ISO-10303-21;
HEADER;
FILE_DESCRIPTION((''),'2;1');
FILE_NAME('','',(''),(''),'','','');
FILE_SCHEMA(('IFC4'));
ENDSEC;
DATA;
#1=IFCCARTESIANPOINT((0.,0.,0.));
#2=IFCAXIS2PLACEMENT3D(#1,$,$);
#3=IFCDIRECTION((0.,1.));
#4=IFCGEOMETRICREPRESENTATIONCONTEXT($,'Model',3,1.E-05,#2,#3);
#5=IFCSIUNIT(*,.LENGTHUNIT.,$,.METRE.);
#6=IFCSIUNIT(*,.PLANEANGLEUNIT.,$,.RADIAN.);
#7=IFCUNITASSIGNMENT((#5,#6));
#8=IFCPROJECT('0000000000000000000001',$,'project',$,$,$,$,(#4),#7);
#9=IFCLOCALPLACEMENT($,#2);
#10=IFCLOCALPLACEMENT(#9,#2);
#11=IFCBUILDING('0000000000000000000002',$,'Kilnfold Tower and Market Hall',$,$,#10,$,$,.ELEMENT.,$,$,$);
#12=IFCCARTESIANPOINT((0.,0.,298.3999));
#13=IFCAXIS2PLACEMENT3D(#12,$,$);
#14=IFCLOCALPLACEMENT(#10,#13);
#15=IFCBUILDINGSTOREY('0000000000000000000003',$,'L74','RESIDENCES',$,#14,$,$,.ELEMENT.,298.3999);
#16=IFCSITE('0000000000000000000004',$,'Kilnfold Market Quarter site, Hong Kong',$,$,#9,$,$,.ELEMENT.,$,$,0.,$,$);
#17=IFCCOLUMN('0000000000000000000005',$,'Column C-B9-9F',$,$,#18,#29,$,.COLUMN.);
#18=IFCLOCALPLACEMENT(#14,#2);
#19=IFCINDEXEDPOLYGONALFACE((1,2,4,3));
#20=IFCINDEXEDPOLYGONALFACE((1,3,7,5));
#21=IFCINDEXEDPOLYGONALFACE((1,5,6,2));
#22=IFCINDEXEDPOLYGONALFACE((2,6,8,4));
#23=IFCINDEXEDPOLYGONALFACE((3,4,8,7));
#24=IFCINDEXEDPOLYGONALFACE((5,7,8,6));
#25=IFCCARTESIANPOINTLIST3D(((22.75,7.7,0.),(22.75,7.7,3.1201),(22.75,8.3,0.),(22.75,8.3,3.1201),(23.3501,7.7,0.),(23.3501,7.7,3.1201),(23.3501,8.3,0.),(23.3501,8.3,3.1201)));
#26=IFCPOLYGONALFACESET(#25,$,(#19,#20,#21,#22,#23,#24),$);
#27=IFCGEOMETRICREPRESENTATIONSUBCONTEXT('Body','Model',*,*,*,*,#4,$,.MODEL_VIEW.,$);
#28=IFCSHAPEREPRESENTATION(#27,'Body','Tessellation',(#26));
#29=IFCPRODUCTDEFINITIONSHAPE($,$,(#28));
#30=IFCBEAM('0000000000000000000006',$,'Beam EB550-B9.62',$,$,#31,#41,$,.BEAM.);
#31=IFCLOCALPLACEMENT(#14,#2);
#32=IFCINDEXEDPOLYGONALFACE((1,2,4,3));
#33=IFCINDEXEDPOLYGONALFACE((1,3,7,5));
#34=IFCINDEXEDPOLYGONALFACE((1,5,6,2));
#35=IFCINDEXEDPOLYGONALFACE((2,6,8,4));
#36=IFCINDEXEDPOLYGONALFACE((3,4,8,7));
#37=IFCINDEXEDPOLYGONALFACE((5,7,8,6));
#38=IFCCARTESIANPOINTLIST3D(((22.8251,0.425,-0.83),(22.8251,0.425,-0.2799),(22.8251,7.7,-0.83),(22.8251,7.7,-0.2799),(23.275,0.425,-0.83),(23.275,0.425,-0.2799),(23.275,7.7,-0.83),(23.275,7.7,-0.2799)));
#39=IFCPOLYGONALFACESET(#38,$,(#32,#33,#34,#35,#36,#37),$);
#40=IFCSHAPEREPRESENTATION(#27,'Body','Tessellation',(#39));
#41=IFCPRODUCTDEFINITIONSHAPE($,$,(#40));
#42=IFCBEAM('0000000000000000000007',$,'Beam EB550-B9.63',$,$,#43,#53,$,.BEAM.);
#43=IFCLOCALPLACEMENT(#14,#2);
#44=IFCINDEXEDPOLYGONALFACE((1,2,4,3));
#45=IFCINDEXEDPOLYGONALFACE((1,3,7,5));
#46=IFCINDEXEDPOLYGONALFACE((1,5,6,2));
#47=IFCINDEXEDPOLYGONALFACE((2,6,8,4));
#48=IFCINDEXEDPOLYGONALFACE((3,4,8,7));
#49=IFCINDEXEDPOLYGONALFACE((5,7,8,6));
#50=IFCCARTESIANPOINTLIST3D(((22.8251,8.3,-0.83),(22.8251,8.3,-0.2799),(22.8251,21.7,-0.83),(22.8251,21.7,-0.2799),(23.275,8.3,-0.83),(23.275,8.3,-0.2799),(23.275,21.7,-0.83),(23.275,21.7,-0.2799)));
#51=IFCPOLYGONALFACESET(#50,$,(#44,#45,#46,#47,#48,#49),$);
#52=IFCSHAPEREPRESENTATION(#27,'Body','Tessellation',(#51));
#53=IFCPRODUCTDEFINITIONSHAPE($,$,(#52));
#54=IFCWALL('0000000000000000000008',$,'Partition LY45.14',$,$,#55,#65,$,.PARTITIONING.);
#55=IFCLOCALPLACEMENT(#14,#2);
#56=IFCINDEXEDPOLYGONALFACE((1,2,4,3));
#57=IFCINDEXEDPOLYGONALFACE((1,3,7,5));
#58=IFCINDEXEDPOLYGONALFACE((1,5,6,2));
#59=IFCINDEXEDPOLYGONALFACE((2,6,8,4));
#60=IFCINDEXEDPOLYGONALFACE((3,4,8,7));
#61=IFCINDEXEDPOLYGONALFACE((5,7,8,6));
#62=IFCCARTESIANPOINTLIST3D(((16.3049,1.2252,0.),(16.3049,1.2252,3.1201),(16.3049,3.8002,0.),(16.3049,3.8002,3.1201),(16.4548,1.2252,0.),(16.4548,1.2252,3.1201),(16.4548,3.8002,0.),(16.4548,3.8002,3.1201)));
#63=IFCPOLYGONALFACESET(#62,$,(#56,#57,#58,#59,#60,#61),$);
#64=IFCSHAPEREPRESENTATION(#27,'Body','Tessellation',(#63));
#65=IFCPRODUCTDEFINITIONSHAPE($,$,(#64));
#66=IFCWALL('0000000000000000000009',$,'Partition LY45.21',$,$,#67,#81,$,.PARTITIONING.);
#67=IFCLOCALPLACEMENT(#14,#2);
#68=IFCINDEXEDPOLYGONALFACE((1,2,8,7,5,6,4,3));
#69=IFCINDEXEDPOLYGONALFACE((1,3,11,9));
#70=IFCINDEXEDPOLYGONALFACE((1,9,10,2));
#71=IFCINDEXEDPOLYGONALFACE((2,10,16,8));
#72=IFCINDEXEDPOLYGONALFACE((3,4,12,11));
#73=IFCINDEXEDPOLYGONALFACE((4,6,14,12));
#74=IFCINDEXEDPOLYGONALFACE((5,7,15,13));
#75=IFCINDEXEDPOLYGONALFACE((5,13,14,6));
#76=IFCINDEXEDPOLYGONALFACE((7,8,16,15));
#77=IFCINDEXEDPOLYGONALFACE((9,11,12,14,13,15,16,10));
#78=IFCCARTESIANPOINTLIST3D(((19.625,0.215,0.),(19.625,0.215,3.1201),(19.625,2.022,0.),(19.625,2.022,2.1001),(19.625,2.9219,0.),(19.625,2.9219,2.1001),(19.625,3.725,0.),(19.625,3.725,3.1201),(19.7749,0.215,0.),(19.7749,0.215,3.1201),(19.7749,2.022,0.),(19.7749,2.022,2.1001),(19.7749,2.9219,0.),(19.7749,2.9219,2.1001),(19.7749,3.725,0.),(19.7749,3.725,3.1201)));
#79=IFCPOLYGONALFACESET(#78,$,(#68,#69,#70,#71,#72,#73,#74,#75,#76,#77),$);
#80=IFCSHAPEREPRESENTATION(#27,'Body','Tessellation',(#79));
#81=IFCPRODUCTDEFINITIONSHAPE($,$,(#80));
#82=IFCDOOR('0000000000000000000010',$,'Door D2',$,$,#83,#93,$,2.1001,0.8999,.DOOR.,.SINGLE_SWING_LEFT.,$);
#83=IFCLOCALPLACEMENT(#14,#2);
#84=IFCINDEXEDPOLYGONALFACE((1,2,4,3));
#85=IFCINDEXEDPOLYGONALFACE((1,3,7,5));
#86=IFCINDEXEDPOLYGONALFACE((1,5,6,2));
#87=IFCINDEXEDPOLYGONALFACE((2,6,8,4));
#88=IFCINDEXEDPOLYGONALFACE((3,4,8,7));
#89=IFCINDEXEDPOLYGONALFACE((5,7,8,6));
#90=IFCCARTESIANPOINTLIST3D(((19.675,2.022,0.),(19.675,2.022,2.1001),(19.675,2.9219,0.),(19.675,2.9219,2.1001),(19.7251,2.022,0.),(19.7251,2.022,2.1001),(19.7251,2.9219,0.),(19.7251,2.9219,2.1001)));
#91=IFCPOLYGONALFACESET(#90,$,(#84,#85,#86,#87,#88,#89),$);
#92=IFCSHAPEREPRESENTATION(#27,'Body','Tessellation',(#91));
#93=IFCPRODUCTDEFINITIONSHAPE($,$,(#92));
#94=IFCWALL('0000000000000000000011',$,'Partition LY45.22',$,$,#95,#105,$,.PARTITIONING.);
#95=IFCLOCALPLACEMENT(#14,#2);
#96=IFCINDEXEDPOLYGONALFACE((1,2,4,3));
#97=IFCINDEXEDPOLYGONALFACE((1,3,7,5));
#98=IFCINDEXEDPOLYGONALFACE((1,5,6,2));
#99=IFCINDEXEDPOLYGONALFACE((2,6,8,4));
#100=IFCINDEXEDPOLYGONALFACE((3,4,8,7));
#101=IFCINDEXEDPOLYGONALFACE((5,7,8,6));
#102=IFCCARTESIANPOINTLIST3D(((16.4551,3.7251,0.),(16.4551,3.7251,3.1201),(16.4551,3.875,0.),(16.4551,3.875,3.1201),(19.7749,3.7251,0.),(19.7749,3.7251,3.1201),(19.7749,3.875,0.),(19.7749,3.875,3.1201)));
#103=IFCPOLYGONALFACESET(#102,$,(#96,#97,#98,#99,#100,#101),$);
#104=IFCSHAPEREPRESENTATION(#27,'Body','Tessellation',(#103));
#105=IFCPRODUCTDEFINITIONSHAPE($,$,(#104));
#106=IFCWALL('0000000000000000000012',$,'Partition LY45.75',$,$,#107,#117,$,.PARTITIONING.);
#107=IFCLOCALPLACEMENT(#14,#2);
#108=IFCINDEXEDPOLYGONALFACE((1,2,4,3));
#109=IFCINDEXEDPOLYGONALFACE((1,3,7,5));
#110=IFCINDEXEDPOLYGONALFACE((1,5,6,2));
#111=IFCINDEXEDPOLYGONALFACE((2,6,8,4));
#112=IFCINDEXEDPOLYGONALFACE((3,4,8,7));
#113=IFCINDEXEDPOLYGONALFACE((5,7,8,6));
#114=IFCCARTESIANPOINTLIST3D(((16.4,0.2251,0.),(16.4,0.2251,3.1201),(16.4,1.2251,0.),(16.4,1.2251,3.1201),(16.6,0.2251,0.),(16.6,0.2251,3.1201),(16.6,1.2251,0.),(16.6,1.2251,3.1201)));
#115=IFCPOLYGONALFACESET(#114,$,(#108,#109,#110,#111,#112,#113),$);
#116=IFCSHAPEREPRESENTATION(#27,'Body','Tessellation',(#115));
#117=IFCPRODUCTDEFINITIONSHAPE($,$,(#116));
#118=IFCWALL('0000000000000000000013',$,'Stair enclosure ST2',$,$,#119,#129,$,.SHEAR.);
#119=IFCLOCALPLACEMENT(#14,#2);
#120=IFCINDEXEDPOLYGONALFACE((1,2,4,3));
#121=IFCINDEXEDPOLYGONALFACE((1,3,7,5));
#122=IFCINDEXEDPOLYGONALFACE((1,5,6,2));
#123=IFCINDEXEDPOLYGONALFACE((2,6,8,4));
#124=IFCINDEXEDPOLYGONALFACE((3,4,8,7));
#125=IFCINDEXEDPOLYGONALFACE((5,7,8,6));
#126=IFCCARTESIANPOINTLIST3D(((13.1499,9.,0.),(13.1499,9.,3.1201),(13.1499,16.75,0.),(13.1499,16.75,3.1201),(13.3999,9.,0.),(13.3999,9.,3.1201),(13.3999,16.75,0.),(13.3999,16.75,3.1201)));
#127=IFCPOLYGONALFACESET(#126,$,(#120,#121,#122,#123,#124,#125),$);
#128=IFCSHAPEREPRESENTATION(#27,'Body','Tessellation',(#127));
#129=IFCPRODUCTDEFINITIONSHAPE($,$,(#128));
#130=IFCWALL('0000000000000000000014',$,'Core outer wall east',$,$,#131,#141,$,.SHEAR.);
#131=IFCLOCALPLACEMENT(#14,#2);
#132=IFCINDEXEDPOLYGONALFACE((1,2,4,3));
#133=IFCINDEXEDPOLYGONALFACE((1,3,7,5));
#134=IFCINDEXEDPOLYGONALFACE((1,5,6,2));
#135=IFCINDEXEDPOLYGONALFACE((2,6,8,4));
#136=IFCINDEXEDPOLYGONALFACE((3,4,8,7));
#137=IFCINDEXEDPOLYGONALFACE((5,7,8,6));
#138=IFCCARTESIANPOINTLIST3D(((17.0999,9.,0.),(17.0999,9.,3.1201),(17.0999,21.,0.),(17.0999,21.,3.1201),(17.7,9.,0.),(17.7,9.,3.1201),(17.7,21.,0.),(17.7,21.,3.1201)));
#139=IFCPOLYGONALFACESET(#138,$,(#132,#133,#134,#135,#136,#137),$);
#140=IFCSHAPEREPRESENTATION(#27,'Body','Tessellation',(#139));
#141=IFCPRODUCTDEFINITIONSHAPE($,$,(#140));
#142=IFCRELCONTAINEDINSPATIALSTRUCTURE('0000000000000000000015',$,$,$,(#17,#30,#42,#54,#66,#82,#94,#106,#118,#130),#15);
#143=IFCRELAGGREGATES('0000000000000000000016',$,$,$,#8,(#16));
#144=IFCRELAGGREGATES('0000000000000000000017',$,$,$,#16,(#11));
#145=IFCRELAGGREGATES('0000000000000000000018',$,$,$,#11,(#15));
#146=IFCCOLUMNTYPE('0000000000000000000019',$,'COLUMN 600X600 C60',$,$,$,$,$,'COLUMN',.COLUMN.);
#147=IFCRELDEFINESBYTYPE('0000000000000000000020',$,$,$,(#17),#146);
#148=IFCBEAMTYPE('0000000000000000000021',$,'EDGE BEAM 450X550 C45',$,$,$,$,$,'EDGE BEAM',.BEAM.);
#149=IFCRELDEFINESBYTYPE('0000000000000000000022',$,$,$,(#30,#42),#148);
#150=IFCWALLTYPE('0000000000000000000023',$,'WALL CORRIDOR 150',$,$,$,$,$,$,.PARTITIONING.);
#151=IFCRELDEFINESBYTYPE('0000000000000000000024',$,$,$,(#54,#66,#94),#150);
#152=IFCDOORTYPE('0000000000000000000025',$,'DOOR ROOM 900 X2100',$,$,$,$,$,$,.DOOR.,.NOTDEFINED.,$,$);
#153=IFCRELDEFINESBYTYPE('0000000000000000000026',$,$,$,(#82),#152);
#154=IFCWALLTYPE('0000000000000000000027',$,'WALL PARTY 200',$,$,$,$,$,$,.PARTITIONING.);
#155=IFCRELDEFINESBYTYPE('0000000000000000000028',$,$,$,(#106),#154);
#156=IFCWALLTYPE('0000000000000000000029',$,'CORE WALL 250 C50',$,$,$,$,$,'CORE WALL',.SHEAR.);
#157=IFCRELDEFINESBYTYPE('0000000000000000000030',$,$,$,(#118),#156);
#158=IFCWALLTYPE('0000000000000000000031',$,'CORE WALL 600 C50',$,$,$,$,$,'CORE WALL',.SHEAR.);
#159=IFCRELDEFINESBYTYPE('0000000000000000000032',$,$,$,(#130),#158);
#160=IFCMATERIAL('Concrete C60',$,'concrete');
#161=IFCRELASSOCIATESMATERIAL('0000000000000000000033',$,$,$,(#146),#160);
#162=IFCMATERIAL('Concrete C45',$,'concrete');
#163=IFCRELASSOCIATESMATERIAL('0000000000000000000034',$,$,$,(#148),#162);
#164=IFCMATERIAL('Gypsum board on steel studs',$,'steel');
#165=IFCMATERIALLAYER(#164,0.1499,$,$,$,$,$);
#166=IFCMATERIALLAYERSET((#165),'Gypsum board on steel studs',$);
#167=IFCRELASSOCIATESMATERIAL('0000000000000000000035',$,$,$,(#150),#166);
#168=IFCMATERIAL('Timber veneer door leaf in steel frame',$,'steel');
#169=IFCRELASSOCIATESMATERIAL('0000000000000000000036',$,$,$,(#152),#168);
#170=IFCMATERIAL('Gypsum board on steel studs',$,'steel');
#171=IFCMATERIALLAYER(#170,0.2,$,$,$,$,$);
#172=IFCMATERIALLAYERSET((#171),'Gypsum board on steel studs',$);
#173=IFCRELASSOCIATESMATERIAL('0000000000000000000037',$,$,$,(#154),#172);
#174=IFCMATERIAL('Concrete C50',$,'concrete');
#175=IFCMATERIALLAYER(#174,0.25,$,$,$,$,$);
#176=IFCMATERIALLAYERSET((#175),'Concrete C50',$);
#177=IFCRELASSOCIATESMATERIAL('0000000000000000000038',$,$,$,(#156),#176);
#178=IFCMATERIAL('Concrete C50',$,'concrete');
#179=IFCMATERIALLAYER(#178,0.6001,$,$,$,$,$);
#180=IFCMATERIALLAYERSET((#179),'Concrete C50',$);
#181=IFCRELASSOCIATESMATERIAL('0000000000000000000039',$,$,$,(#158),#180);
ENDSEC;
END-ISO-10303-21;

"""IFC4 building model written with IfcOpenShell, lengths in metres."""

from ifc_helpers import new_model, si_unit, direction, frame, frame_2d, origin, origin_2d, place, context, subcontext, project, spatial, rectangle, extrude, source, transform, mapped, material, layer, layer_set, material_profile, profile_set, type_object, element, fill, save


model = new_model("IFC4")

# Units and contexts
model_context = context("Model", 3, precision=1e-05, world=origin(), true_north=direction((0.0, 1.0)))
body_context = subcontext(model_context, "Body", "Model", "MODEL_VIEW")
ifc_project = project(units=[si_unit("LENGTHUNIT", "METRE"), si_unit("PLANEANGLEUNIT", "RADIAN")], contexts=[model_context])

# Site, building, storey
site_placement = place(None, origin())
site = spatial("IfcSite", under=ifc_project, at=site_placement, Name="Kilnfold Market Quarter site, Hong Kong", CompositionType="ELEMENT", RefElevation=0.0)
building_placement = place(site_placement, origin())
building = spatial("IfcBuilding", under=site, at=building_placement, Name="Kilnfold Tower and Market Hall", CompositionType="ELEMENT")
storey_placement = place(building_placement, frame((0.0, 0.0, 298.3999)))
storey = spatial("IfcBuildingStorey", under=building, at=storey_placement, Name="L74", Description="RESIDENCES", CompositionType="ELEMENT", Elevation=298.3999)

# Column
ifc_material_1 = material(Name="Concrete C60", Category="concrete")
ifc_material_profile_1 = material_profile(ifc_material_1, rectangle(XDim=0.6001, YDim=0.6001, at=origin_2d()), Name="RC 600x600")
ifc_profile_set_1 = profile_set([ifc_material_profile_1], Name="Concrete C60")
column_type = type_object("IfcColumnType", Name="COLUMN 600X600 C60", ElementType="COLUMN", PredefinedType="COLUMN", material=ifc_profile_set_1)
shared_shape_1 = source(origin(), body_context, "Body", "SweptSolid", [
    extrude(rectangle(XDim=0.6001, YDim=0.6001, at=origin_2d()), origin(), (0.0, 0.0, 1.0), 3.1201),
])
column_placement = place(storey_placement, frame((23.05, 8.0, 0.0), z_axis=(0.0, 0.0, 1.0), x_axis=(1.0, 0.0, 0.0)))
element("IfcColumn", 1, at=column_placement, inside=storey, type_object=column_type, Name="Column C-B9-9F", PredefinedType="COLUMN", context=body_context, shape_type="MappedRepresentation", body=[
    mapped(shared_shape_1, transform((0.0, 0.0, 0.0))),
])

# Beams
ifc_material_2 = material(Name="Concrete C45", Category="concrete")
ifc_material_profile_2 = material_profile(ifc_material_2, rectangle(XDim=0.45, YDim=0.55, at=origin_2d()), Name="RC 450x550")
ifc_profile_set_2 = profile_set([ifc_material_profile_2], Name="Concrete C45")
beam_type = type_object("IfcBeamType", Name="EDGE BEAM 450X550 C45", ElementType="EDGE BEAM", PredefinedType="BEAM", material=ifc_profile_set_2)
shared_shape_2 = source(origin(), body_context, "Body", "SweptSolid", [
    extrude(rectangle(XDim=0.45, YDim=0.55, at=origin_2d()), origin(), (0.0, 0.0, 1.0), 7.2749),
])
beam_1_placement = place(storey_placement, frame((23.05, 0.425, -0.5549), z_axis=(0.0, 1.0, 0.0), x_axis=(-1.0, 0.0, 0.0)))
element("IfcBeam", 2, at=beam_1_placement, inside=storey, type_object=beam_type, Name="Beam EB550-B9.62", PredefinedType="BEAM", context=body_context, shape_type="MappedRepresentation", body=[
    mapped(shared_shape_2, transform((0.0, 0.0, 0.0))),
])
shared_shape_3 = source(origin(), body_context, "Body", "SweptSolid", [
    extrude(rectangle(XDim=0.45, YDim=0.55, at=origin_2d()), origin(), (0.0, 0.0, 1.0), 13.3999),
])
beam_2_placement = place(storey_placement, frame((23.05, 8.3, -0.5549), z_axis=(0.0, 1.0, 0.0), x_axis=(-1.0, 0.0, 0.0)))
element("IfcBeam", 3, at=beam_2_placement, inside=storey, type_object=beam_type, Name="Beam EB550-B9.63", PredefinedType="BEAM", context=body_context, shape_type="MappedRepresentation", body=[
    mapped(shared_shape_3, transform((0.0, 0.0, 0.0))),
])

# Wall
ifc_material_3 = material(Name="Gypsum board on steel studs", Category="steel")
ifc_layer_1 = layer(ifc_material_3, 0.1499)
ifc_layer_set_1 = layer_set([ifc_layer_1], Name="Gypsum board on steel studs")
wall_type_1 = type_object("IfcWallType", Name="WALL CORRIDOR 150", PredefinedType="PARTITIONING", material=ifc_layer_set_1)
wall_1_placement = place(storey_placement, frame((16.3799, 1.2251, 0.0), z_axis=(0.0, 0.0, 1.0), x_axis=(0.0, 1.0, 0.0)))
element("IfcWall", 4, at=wall_1_placement, inside=storey, type_object=wall_type_1, Name="Partition LY45.14", PredefinedType="PARTITIONING", context=body_context, shape_type="SweptSolid", body=[
    extrude(rectangle(XDim=2.575, YDim=0.1499, at=frame_2d((1.2876, 0.0))), origin(), (0.0, 0.0, 1.0), 3.1201),
])

# Wall, opening, door
wall_2_placement = place(storey_placement, frame((19.7, 0.2151, 0.0), z_axis=(0.0, 0.0, 1.0), x_axis=(0.0, 1.0, 0.0)))
wall_2 = element("IfcWall", 5, at=wall_2_placement, inside=storey, type_object=wall_type_1, Name="Partition LY45.21", PredefinedType="PARTITIONING", context=body_context, shape_type="SweptSolid", body=[
    extrude(rectangle(XDim=3.51, YDim=0.1499, at=frame_2d((1.7549, 0.0))), origin(), (0.0, 0.0, 1.0), 3.1201),
])
opening_1_placement = place(wall_2_placement, frame((1.8069, 0.0, 0.0)))
opening_1 = element("IfcOpeningElement", 6, at=opening_1_placement, cuts=wall_2, PredefinedType="OPENING", context=body_context, shape_type="SweptSolid", body=[
    extrude(rectangle(XDim=0.8999, YDim=2.1001, at=frame_2d((0.45, 1.05))), frame((0.0, 0.085, 0.0), z_axis=(0.0, -1.0, 0.0), x_axis=(1.0, 0.0, 0.0)), (0.0, 0.0, 1.0), 0.1699),
])
ifc_material_4 = material(Name="Timber veneer door leaf in steel frame", Category="steel")
door_type_1 = type_object("IfcDoorType", Name="DOOR ROOM 900 X2100", OperationType="NOTDEFINED", PredefinedType="DOOR", material=ifc_material_4)
door_1_placement = place(opening_1_placement, origin())
door_1 = element("IfcDoor", 7, at=door_1_placement, inside=storey, type_object=door_type_1, Name="Door D2", OperationType="SINGLE_SWING_LEFT", OverallHeight=2.1001, OverallWidth=0.8999, PredefinedType="DOOR", context=body_context, shape_type="SweptSolid", body=[
    extrude(rectangle(XDim=0.8999, YDim=2.1001, at=frame_2d((0.45, 1.05))), frame((0.0, 0.0249, 0.0), z_axis=(0.0, -1.0, 0.0), x_axis=(1.0, 0.0, 0.0)), (0.0, 0.0, 1.0), 0.05),
])
fill(opening_1, door_1)

# Walls
wall_3_placement = place(storey_placement, frame((16.4551, 3.8, 0.0), z_axis=(0.0, 0.0, 1.0), x_axis=(1.0, 0.0, 0.0)))
element("IfcWall", 8, at=wall_3_placement, inside=storey, type_object=wall_type_1, Name="Partition LY45.22", PredefinedType="PARTITIONING", context=body_context, shape_type="SweptSolid", body=[
    extrude(rectangle(XDim=3.3198, YDim=0.1499, at=frame_2d((1.6599, 0.0))), origin(), (0.0, 0.0, 1.0), 3.1201),
])
ifc_material_5 = material(Name="Gypsum board on steel studs", Category="steel")
ifc_layer_2 = layer(ifc_material_5, 0.2)
ifc_layer_set_2 = layer_set([ifc_layer_2], Name="Gypsum board on steel studs")
wall_type_2 = type_object("IfcWallType", Name="WALL PARTY 200", PredefinedType="PARTITIONING", material=ifc_layer_set_2)
wall_4_placement = place(storey_placement, frame((16.5, 0.2251, 0.0), z_axis=(0.0, 0.0, 1.0), x_axis=(0.0, 1.0, 0.0)))
element("IfcWall", 9, at=wall_4_placement, inside=storey, type_object=wall_type_2, Name="Partition LY45.75", PredefinedType="PARTITIONING", context=body_context, shape_type="SweptSolid", body=[
    extrude(rectangle(XDim=1.0, YDim=0.2, at=frame_2d((0.5, 0.0))), origin(), (0.0, 0.0, 1.0), 3.1201),
])
ifc_material_6 = material(Name="Concrete C50", Category="concrete")
ifc_layer_3 = layer(ifc_material_6, 0.25)
ifc_layer_set_3 = layer_set([ifc_layer_3], Name="Concrete C50")
wall_type_3 = type_object("IfcWallType", Name="CORE WALL 250 C50", ElementType="CORE WALL", PredefinedType="SHEAR", material=ifc_layer_set_3)
shared_shape_4 = source(origin(), body_context, "Body", "SweptSolid", [
    extrude(rectangle(XDim=7.75, YDim=0.25, at=frame_2d((3.875, 0.0))), origin(), (0.0, 0.0, 1.0), 3.1201),
])
wall_5_placement = place(storey_placement, frame((13.2749, 9.0, 0.0), z_axis=(0.0, 0.0, 1.0), x_axis=(0.0, 1.0, 0.0)))
element("IfcWall", 10, at=wall_5_placement, inside=storey, type_object=wall_type_3, Name="Stair enclosure ST2", PredefinedType="SHEAR", context=body_context, shape_type="MappedRepresentation", body=[
    mapped(shared_shape_4, transform((0.0, 0.0, 0.0))),
])
ifc_material_7 = material(Name="Concrete C50", Category="concrete")
ifc_layer_4 = layer(ifc_material_7, 0.6001)
ifc_layer_set_4 = layer_set([ifc_layer_4], Name="Concrete C50")
wall_type_4 = type_object("IfcWallType", Name="CORE WALL 600 C50", ElementType="CORE WALL", PredefinedType="SHEAR", material=ifc_layer_set_4)
shared_shape_5 = source(origin(), body_context, "Body", "SweptSolid", [
    extrude(rectangle(XDim=12.0, YDim=0.6001, at=frame_2d((6.0, 0.0))), origin(), (0.0, 0.0, 1.0), 3.1201),
])
wall_6_placement = place(storey_placement, frame((17.3999, 9.0, 0.0), z_axis=(0.0, 0.0, 1.0), x_axis=(0.0, 1.0, 0.0)))
element("IfcWall", 11, at=wall_6_placement, inside=storey, type_object=wall_type_4, Name="Core outer wall east", PredefinedType="SHEAR", context=body_context, shape_type="MappedRepresentation", body=[
    mapped(shared_shape_5, transform((0.0, 0.0, 0.0))),
])

save(model, "model.ifc")
